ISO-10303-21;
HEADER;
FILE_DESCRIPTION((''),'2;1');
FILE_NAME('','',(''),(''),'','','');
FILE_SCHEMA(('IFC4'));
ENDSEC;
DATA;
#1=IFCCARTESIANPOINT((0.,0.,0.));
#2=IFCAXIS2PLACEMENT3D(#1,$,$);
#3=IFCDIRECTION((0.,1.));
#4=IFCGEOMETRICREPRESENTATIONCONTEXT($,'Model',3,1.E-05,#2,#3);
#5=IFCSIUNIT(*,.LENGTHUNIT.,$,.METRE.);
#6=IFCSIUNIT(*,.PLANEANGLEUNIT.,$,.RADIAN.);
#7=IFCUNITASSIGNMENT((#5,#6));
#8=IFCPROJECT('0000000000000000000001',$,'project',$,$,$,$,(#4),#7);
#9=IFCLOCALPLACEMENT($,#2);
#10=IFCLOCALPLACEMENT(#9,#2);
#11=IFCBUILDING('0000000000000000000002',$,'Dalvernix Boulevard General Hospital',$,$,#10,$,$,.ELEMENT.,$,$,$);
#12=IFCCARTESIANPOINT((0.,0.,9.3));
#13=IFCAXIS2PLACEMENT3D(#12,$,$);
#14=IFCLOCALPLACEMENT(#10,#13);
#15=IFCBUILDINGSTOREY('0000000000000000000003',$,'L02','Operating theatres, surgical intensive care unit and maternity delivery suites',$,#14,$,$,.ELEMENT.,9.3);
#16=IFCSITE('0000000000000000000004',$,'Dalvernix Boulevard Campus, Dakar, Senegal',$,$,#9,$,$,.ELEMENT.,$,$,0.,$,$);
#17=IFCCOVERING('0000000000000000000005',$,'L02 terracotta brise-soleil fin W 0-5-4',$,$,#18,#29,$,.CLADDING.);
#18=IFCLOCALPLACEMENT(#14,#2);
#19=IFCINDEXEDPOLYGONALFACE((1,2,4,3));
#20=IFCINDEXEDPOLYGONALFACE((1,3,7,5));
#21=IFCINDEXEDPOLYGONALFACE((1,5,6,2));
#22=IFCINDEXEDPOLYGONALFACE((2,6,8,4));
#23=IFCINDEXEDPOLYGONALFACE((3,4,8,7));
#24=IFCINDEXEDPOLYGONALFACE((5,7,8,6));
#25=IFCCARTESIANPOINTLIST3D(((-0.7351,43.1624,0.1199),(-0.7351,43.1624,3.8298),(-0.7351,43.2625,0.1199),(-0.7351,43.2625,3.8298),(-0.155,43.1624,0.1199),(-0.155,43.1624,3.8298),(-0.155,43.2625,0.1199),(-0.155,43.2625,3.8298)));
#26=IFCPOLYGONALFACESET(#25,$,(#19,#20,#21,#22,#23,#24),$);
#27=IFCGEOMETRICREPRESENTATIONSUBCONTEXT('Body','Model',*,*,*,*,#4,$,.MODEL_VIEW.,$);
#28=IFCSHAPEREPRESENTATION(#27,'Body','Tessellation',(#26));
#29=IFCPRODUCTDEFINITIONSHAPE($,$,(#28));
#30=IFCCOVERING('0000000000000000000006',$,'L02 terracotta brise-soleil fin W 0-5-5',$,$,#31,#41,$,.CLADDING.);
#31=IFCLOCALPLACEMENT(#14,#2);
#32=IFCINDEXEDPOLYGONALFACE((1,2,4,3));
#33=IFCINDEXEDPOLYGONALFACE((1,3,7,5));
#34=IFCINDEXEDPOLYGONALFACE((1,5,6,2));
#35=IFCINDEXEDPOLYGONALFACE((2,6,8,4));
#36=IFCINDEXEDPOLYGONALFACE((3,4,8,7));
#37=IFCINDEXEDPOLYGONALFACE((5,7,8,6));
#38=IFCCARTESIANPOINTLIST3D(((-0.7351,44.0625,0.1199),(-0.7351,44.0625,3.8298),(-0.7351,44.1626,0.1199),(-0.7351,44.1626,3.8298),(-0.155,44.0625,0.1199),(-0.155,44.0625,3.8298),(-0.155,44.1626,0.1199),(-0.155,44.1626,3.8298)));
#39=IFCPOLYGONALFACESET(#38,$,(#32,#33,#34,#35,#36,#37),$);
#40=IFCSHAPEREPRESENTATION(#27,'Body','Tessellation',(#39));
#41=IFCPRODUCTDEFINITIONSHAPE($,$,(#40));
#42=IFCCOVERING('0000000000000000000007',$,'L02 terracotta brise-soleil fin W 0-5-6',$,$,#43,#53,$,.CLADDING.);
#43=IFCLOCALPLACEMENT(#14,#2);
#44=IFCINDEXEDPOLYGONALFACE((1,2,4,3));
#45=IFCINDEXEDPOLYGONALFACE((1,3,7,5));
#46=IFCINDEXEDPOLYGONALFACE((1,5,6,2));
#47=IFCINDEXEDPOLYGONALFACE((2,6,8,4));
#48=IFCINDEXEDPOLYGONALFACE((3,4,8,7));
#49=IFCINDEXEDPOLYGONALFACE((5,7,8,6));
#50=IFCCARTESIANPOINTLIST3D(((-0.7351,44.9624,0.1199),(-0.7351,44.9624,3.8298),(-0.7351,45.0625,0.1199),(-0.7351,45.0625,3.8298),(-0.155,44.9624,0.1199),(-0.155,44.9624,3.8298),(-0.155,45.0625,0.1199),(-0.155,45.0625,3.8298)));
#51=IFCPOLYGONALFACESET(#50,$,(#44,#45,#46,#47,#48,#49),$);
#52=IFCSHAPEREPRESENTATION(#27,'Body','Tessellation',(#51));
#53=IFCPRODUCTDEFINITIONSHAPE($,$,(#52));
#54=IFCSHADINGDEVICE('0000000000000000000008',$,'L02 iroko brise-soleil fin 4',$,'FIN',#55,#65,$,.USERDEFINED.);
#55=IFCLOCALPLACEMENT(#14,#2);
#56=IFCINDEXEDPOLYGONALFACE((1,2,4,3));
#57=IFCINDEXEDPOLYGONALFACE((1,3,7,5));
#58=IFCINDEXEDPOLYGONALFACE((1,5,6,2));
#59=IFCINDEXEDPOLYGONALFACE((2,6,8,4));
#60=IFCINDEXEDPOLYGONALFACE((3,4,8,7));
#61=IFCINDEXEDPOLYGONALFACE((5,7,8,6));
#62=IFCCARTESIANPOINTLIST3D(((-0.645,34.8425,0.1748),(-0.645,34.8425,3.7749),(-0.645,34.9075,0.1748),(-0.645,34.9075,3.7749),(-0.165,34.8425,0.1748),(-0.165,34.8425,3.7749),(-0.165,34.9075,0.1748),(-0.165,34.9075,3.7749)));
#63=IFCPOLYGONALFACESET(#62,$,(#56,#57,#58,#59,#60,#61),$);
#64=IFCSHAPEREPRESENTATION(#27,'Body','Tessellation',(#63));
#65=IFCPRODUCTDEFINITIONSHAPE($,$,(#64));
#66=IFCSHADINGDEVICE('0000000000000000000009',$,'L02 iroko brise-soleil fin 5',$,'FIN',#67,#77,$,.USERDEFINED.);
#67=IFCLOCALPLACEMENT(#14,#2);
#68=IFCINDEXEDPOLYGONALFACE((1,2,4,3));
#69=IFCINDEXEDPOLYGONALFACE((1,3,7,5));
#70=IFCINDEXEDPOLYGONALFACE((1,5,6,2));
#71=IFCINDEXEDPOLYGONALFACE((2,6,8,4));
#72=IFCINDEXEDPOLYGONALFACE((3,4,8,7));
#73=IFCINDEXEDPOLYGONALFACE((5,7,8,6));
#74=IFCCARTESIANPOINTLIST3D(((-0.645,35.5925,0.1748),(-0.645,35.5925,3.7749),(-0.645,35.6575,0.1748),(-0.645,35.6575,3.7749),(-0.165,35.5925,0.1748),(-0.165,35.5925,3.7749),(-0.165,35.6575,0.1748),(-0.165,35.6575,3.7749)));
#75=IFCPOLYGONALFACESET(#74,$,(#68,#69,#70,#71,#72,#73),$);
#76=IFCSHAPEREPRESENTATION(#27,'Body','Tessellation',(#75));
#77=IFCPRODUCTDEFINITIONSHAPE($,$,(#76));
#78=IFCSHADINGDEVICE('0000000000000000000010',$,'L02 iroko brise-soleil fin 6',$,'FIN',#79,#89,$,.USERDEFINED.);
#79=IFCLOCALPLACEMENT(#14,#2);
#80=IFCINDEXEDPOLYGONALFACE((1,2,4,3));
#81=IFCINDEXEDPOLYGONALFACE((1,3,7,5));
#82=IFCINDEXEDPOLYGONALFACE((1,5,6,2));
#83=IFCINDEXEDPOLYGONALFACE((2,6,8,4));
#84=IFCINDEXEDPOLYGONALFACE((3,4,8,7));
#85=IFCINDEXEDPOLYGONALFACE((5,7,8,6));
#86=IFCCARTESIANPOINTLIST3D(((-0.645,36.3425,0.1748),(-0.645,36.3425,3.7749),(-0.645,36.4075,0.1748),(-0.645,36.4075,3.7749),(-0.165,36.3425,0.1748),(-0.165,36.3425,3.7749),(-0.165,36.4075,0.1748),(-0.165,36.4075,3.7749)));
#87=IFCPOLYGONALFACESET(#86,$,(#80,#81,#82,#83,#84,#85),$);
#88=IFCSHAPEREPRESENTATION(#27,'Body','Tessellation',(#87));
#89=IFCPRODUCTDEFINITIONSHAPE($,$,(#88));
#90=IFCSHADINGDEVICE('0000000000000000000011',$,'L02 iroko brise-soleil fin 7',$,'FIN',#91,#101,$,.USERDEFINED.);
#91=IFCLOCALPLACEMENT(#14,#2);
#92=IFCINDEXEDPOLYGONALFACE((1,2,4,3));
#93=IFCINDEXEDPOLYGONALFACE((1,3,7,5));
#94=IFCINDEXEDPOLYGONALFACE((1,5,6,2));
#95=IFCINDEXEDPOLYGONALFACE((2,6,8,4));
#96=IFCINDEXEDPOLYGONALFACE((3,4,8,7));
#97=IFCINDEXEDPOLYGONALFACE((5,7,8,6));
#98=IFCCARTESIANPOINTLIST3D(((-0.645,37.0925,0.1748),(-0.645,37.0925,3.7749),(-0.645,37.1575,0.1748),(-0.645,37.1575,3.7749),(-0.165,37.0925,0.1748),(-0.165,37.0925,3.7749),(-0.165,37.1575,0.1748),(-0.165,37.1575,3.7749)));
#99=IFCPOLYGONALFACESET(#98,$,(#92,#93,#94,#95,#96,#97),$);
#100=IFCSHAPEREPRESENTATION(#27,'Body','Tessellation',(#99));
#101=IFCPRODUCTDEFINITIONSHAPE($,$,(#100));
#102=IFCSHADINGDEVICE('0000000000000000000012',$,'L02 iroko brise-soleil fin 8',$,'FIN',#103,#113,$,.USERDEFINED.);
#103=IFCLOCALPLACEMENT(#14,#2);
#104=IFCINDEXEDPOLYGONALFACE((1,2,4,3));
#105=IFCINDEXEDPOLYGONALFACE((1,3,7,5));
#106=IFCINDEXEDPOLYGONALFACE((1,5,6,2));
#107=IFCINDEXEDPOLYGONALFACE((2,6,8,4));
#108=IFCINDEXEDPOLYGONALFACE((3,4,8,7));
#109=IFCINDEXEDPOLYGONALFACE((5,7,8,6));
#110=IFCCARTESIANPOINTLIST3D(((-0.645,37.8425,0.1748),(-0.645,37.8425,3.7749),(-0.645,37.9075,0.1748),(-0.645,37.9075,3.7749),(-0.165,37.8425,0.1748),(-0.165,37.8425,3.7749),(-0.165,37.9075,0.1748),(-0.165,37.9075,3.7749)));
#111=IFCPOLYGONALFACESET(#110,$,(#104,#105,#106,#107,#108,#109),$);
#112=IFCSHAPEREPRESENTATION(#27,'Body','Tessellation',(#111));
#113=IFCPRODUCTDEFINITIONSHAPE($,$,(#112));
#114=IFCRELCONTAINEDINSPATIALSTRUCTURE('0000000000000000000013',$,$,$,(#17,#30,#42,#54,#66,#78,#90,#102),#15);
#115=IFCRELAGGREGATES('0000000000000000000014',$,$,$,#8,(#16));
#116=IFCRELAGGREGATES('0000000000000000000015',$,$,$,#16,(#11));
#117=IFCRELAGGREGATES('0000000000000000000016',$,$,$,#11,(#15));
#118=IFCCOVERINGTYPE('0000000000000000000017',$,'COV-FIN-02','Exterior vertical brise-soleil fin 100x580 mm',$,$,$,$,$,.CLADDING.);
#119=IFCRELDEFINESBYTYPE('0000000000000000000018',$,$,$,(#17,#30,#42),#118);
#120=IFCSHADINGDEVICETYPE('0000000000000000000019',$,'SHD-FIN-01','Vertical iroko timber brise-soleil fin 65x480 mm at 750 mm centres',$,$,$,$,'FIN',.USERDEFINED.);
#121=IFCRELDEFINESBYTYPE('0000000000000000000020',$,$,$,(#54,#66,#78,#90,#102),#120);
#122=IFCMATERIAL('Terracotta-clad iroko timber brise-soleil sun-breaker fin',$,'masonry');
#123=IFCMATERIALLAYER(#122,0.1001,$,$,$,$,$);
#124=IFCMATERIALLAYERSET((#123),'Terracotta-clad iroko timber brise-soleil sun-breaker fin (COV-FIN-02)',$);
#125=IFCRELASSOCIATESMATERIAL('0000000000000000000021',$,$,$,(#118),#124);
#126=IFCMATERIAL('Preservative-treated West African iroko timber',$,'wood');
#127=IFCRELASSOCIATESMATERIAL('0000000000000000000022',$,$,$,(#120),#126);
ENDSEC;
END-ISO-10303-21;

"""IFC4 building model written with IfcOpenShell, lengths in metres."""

from ifc_helpers import new_model, si_unit, direction, frame, origin, origin_2d, place, context, subcontext, project, spatial, rectangle, extrude, material, layer, layer_set, type_object, element, save


model = new_model("IFC4")

# Units and contexts
model_context = context("Model", 3, precision=1e-05, world=origin(), true_north=direction((0.0, 1.0)))
body_context = subcontext(model_context, "Body", "Model", "MODEL_VIEW")
ifc_project = project(units=[si_unit("LENGTHUNIT", "METRE"), si_unit("PLANEANGLEUNIT", "RADIAN")], contexts=[model_context])

# Site, building, storey
site_placement = place(None, origin())
site = spatial("IfcSite", under=ifc_project, at=site_placement, Name="Dalvernix Boulevard Campus, Dakar, Senegal", CompositionType="ELEMENT", RefElevation=0.0)
building_placement = place(site_placement, origin())
building = spatial("IfcBuilding", under=site, at=building_placement, Name="Dalvernix Boulevard General Hospital", CompositionType="ELEMENT")
storey_placement = place(building_placement, frame((0.0, 0.0, 9.3)))
storey = spatial("IfcBuildingStorey", under=building, at=storey_placement, Name="L02", Description="Operating theatres, surgical intensive care unit and maternity delivery suites", CompositionType="ELEMENT", Elevation=9.3)

# Coverings
ifc_material_1 = material(Name="Terracotta-clad iroko timber brise-soleil sun-breaker fin", Category="masonry")
ifc_layer_1 = layer(ifc_material_1, 0.1001)
ifc_layer_set_1 = layer_set([ifc_layer_1], Name="Terracotta-clad iroko timber brise-soleil sun-breaker fin (COV-FIN-02)")
covering_type_1 = type_object("IfcCoveringType", Name="COV-FIN-02", Description="Exterior vertical brise-soleil fin 100x580 mm", PredefinedType="CLADDING", material=ifc_layer_set_1)
for number, where, z_axis, x_axis, name in (
    (1, (-0.4451, 43.2124, 0.1199), (0.0, 0.0, 1.0), (0.0, 1.0, 0.0), "L02 terracotta brise-soleil fin W 0-5-4"),
    (2, (-0.4451, 44.1125, 0.1199), (0.0, 0.0, 1.0), (0.0, 1.0, 0.0), "L02 terracotta brise-soleil fin W 0-5-5"),
    (3, (-0.4451, 45.0125, 0.1199), (0.0, 0.0, 1.0), (0.0, 1.0, 0.0), "L02 terracotta brise-soleil fin W 0-5-6"),
):
    element("IfcCovering", number, at=place(storey_placement, frame(where, z_axis=z_axis, x_axis=x_axis)), inside=storey, type_object=covering_type_1, Name=name, PredefinedType="CLADDING", context=body_context, shape_type="SweptSolid", body=[
        extrude(rectangle(XDim=0.1001, YDim=0.5801, at=origin_2d()), origin(), (0.0, 0.0, 1.0), 3.71),
    ])

# Shading devices
ifc_material_2 = material(Name="Preservative-treated West African iroko timber", Category="wood")
shading_device_type = type_object("IfcShadingDeviceType", Name="SHD-FIN-01", Description="Vertical iroko timber brise-soleil fin 65x480 mm at 750 mm centres", ElementType="FIN", PredefinedType="USERDEFINED", material=ifc_material_2)
for number, where, z_axis, x_axis, name in (
    (4, (-0.405, 34.875, 0.1748), (0.0, 0.0, 1.0), (0.0, 1.0, 0.0), "L02 iroko brise-soleil fin 4"),
    (5, (-0.405, 35.625, 0.1748), (0.0, 0.0, 1.0), (0.0, 1.0, 0.0), "L02 iroko brise-soleil fin 5"),
    (6, (-0.405, 36.375, 0.1748), (0.0, 0.0, 1.0), (0.0, 1.0, 0.0), "L02 iroko brise-soleil fin 6"),
    (7, (-0.405, 37.125, 0.1748), (0.0, 0.0, 1.0), (0.0, 1.0, 0.0), "L02 iroko brise-soleil fin 7"),
    (8, (-0.405, 37.875, 0.1748), (0.0, 0.0, 1.0), (0.0, 1.0, 0.0), "L02 iroko brise-soleil fin 8"),
):
    element("IfcShadingDevice", number, at=place(storey_placement, frame(where, z_axis=z_axis, x_axis=x_axis)), inside=storey, type_object=shading_device_type, Name=name, ObjectType="FIN", PredefinedType="USERDEFINED", context=body_context, shape_type="SweptSolid", body=[
        extrude(rectangle(XDim=0.0649, YDim=0.48, at=origin_2d()), origin(), (0.0, 0.0, 1.0), 3.6001),
    ])

save(model, "model.ifc")
